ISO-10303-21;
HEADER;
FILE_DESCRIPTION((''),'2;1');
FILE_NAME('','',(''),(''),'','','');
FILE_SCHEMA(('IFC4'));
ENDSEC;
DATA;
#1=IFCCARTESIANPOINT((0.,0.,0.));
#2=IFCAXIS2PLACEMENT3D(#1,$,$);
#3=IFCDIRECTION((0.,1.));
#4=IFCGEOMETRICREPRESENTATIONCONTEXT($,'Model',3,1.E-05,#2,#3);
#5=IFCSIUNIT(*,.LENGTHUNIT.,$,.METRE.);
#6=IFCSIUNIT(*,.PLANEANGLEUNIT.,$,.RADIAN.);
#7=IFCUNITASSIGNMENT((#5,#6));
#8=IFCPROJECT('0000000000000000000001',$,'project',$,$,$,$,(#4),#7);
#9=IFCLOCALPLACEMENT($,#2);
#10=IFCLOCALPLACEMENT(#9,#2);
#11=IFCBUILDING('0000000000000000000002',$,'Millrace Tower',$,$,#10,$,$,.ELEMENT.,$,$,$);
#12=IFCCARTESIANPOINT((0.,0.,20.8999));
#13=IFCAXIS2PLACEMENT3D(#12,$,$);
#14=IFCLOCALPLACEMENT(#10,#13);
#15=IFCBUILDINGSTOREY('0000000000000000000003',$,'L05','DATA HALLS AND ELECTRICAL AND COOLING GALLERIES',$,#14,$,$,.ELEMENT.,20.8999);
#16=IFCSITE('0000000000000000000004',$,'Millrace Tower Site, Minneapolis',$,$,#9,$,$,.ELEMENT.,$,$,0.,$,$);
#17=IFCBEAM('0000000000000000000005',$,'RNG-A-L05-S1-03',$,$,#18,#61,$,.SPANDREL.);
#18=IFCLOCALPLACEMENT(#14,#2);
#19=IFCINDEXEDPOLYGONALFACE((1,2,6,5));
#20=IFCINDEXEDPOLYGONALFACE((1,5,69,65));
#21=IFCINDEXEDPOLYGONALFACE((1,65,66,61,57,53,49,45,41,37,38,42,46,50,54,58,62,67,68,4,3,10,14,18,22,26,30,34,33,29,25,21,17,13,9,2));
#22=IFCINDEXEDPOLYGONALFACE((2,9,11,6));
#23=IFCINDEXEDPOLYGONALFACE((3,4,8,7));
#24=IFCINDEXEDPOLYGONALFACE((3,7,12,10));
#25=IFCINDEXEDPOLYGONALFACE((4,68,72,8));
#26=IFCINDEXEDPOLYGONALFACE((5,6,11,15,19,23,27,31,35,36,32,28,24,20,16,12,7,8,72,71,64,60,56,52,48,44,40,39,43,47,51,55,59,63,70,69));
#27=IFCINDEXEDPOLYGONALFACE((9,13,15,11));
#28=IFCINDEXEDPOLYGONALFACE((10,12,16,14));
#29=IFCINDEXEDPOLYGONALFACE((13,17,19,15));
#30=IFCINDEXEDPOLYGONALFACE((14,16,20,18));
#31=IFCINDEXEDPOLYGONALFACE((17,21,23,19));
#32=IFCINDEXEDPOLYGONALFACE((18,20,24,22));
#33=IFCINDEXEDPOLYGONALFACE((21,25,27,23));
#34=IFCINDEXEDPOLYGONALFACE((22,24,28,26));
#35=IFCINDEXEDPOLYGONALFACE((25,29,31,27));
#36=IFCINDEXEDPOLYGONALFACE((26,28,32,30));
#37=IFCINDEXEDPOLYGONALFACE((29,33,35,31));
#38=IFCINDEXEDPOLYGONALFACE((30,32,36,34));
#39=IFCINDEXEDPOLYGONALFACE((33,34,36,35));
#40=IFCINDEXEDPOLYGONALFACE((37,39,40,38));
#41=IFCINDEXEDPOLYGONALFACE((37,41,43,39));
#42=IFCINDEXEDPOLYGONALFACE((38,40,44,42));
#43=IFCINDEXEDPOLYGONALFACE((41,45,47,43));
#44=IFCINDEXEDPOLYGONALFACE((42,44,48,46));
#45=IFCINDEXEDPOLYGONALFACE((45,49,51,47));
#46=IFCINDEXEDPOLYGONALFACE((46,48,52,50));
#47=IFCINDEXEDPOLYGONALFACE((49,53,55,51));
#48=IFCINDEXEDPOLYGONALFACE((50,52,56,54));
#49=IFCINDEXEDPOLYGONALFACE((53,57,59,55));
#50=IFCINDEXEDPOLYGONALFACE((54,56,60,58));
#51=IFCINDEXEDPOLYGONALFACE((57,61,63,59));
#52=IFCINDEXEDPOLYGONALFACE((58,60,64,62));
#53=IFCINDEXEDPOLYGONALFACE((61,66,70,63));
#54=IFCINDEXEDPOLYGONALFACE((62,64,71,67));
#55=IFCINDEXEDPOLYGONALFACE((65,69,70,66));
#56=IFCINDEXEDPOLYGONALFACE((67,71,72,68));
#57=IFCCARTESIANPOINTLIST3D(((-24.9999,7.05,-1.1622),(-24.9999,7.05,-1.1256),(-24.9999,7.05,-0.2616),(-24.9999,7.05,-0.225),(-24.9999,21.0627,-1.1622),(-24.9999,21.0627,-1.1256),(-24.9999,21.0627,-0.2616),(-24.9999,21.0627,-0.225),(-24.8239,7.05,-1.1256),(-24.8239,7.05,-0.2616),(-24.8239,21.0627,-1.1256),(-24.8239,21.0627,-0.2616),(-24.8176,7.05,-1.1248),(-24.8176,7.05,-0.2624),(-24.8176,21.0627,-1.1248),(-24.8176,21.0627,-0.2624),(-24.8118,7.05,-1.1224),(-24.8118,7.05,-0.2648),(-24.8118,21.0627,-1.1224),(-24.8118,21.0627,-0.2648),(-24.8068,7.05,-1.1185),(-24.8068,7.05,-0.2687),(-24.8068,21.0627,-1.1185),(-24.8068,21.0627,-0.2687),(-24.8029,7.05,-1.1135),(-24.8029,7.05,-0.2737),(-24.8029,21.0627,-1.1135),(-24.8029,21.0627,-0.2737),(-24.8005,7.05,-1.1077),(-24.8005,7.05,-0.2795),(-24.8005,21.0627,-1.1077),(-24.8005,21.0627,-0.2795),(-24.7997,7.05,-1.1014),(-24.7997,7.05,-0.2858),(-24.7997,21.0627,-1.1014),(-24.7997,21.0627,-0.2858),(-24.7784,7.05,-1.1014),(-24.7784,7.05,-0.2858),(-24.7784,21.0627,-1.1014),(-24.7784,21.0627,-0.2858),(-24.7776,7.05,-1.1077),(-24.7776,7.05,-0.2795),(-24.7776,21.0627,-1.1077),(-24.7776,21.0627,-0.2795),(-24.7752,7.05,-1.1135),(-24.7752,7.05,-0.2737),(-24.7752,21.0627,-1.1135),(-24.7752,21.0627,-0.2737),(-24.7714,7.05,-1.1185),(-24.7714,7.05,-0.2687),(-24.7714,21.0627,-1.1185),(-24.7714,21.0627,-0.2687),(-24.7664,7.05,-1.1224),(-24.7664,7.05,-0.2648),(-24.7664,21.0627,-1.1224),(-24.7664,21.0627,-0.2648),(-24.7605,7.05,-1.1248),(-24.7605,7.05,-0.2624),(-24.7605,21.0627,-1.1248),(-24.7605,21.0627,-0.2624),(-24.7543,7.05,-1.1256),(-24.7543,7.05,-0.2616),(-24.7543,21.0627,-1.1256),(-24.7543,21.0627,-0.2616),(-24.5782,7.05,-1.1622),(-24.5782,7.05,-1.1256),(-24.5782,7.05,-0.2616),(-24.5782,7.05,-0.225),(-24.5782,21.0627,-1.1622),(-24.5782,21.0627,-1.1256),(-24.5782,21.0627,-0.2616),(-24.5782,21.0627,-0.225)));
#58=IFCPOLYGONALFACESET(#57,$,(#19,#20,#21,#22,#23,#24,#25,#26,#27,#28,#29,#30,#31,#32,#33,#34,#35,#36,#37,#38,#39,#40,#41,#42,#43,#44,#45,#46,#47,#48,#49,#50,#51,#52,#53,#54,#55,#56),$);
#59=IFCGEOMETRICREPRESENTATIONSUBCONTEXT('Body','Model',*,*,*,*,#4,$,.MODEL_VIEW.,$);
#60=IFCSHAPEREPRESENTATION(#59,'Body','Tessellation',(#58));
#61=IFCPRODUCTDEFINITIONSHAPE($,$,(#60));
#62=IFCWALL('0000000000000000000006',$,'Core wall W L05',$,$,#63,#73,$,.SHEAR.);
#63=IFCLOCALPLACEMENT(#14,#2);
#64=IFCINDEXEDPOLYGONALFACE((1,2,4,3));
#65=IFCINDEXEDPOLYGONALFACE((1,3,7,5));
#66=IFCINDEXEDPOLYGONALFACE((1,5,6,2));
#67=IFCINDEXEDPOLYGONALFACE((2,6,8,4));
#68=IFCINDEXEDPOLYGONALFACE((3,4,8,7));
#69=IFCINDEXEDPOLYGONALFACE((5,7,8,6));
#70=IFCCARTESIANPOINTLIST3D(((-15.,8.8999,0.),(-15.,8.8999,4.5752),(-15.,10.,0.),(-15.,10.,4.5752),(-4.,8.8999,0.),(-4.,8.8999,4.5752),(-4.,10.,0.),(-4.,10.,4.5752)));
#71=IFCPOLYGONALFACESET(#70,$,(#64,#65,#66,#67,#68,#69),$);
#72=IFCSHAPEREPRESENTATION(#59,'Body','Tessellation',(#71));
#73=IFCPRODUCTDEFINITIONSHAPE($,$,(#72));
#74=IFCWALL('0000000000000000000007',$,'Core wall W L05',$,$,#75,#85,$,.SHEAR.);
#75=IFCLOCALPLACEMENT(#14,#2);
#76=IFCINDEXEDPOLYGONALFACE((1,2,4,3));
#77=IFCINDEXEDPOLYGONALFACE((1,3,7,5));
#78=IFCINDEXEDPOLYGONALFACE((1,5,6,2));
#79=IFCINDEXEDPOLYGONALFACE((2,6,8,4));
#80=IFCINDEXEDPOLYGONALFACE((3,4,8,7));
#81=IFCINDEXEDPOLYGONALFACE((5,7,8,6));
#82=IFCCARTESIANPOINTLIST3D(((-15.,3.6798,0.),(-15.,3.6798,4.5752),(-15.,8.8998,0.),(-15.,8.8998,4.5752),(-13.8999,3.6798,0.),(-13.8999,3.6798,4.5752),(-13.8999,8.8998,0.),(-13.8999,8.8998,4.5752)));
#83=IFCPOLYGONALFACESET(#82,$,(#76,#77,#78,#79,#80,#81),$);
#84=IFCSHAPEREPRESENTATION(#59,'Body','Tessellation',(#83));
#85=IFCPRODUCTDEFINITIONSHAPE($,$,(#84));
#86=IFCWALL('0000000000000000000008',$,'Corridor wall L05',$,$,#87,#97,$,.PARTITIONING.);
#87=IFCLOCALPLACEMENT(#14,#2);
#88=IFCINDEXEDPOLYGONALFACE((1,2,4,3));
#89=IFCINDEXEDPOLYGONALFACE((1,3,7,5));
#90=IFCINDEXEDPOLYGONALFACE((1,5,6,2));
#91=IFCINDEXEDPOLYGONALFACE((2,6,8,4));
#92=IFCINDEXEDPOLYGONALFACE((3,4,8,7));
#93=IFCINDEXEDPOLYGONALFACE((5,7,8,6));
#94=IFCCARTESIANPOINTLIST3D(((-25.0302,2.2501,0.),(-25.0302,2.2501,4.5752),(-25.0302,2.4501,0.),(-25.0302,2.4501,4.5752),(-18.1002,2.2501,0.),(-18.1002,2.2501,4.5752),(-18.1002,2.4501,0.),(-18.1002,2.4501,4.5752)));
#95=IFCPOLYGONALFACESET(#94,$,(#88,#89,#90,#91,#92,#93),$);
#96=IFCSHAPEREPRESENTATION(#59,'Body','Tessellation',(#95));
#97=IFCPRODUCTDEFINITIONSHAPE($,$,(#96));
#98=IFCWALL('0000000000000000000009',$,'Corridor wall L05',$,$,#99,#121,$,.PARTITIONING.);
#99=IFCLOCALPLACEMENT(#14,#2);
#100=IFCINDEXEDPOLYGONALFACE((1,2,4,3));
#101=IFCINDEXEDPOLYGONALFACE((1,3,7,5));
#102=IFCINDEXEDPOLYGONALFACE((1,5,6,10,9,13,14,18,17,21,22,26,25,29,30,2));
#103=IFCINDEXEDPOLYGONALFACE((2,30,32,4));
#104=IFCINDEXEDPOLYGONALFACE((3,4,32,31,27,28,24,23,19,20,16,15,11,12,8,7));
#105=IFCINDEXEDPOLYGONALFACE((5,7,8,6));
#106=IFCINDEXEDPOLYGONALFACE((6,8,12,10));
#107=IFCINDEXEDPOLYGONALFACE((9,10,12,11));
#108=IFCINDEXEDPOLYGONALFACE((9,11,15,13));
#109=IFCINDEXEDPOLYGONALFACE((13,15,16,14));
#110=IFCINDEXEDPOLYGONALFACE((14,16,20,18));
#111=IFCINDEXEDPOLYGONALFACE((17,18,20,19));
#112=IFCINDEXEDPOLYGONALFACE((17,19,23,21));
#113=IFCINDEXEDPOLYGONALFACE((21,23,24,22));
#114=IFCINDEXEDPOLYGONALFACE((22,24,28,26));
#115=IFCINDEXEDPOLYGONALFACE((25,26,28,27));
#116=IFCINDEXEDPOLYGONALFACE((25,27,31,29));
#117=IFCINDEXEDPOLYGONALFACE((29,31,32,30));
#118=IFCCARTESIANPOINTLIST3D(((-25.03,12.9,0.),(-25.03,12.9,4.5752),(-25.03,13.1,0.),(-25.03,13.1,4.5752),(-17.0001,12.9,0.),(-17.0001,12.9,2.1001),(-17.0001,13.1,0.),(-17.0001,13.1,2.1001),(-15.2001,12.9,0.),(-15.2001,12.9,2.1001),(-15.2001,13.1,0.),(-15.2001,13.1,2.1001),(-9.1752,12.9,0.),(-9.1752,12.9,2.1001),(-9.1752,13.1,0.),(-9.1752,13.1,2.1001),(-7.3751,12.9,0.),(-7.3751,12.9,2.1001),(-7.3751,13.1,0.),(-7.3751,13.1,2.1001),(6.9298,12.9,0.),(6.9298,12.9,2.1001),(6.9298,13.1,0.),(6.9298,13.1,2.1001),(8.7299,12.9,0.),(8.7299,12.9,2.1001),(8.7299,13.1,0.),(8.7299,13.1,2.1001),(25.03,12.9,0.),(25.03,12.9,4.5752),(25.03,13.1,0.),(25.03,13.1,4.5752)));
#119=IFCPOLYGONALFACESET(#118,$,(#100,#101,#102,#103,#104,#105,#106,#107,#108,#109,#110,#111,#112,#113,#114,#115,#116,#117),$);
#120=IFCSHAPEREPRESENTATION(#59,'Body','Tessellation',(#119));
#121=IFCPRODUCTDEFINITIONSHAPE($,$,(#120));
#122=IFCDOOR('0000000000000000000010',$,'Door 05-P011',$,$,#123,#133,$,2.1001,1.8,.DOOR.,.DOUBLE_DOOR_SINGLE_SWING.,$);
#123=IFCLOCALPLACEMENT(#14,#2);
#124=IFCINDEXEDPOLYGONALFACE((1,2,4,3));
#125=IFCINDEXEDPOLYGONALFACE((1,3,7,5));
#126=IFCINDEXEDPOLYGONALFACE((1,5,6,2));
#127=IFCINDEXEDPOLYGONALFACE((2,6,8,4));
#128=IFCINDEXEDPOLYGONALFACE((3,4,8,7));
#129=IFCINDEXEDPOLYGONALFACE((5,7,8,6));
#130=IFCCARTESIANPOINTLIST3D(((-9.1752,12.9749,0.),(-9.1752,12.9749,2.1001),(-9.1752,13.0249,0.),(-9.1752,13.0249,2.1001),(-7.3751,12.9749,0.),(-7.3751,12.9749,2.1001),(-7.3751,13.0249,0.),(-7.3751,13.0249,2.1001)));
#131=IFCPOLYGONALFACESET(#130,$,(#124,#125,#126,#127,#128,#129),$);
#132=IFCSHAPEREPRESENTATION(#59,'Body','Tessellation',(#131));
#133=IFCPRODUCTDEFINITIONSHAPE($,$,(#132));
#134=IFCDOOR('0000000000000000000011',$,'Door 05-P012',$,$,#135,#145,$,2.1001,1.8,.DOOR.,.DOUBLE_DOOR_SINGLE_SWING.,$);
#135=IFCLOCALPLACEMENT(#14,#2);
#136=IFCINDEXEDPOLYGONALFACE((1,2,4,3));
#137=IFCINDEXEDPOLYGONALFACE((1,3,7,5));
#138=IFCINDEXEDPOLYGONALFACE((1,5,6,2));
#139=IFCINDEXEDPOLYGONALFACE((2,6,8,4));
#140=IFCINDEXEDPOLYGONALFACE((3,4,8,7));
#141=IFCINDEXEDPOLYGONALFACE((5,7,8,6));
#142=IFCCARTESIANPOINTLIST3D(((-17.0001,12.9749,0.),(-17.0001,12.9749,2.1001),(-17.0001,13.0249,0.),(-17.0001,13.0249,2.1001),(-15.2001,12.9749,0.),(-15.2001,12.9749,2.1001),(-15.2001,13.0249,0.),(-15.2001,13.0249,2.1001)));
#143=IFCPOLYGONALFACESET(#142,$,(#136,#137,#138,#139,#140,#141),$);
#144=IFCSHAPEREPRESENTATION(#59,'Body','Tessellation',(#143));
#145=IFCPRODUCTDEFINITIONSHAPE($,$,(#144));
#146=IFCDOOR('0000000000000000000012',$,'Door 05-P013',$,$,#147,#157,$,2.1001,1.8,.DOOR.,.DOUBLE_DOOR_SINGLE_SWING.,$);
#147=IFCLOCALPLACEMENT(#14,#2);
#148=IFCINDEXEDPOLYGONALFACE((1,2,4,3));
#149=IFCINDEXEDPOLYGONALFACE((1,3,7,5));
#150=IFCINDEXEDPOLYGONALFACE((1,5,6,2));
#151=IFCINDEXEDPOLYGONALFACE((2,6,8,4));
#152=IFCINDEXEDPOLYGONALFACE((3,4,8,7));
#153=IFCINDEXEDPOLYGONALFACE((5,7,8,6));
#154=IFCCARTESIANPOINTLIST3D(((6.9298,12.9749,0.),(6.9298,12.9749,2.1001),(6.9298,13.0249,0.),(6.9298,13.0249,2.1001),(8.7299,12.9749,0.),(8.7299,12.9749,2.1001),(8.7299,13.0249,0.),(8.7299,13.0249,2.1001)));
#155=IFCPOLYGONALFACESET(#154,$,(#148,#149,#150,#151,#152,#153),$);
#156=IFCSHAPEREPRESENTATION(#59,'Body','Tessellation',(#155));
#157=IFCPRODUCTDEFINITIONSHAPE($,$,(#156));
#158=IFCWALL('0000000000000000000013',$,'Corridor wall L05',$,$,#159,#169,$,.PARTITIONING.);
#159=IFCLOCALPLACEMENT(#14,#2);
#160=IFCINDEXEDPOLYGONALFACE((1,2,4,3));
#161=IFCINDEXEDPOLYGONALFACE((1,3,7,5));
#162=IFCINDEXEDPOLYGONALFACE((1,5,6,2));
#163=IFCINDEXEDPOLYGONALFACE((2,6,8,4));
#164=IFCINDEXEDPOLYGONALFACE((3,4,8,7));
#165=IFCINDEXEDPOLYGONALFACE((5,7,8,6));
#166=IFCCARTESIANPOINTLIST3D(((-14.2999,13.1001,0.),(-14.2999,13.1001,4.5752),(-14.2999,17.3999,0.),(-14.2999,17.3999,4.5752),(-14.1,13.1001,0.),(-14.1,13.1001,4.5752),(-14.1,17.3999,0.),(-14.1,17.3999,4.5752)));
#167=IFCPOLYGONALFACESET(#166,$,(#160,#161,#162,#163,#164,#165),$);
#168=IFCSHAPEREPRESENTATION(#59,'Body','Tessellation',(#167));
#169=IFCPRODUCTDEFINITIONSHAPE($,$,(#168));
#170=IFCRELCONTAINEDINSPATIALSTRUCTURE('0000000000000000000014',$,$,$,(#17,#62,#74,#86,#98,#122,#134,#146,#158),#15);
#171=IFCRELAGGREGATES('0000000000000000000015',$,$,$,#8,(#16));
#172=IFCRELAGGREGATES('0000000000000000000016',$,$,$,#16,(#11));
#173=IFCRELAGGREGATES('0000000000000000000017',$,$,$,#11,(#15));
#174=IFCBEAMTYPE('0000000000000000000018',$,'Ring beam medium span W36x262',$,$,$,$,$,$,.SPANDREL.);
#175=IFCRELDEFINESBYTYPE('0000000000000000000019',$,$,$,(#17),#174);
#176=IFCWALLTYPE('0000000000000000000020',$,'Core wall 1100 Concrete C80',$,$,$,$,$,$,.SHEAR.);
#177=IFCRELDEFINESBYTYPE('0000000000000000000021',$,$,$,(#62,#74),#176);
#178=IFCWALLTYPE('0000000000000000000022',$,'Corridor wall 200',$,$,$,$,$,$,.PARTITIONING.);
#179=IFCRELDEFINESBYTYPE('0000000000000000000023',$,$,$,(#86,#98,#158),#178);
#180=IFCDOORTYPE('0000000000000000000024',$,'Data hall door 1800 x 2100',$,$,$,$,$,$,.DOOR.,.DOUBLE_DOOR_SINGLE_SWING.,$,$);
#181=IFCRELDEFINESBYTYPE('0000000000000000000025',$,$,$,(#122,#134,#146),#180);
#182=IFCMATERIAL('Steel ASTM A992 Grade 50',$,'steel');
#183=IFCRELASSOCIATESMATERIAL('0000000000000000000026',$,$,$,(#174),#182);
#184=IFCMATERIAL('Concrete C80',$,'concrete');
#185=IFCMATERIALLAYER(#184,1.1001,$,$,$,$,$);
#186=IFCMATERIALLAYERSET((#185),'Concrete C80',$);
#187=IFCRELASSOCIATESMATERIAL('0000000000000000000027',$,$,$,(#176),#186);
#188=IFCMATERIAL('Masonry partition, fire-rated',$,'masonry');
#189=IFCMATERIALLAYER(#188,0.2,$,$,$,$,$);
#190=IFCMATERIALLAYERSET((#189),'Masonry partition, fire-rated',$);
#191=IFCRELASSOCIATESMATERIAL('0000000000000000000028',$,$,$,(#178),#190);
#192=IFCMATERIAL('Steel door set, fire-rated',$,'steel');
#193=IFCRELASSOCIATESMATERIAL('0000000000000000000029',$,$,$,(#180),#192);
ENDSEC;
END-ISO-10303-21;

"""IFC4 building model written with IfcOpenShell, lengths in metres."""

from ifc_helpers import new_model, si_unit, direction, frame, frame_2d, origin, origin_2d, place, context, subcontext, project, spatial, rectangle, i_section, extrude, material, layer, layer_set, material_profile, profile_set, type_object, element, fill, save


model = new_model("IFC4")

# Units and contexts
model_context = context("Model", 3, precision=1e-05, world=origin(), true_north=direction((0.0, 1.0)))
body_context = subcontext(model_context, "Body", "Model", "MODEL_VIEW")
ifc_project = project(units=[si_unit("LENGTHUNIT", "METRE"), si_unit("PLANEANGLEUNIT", "RADIAN")], contexts=[model_context])

# Site, building, storey
site_placement = place(None, origin())
site = spatial("IfcSite", under=ifc_project, at=site_placement, Name="Millrace Tower Site, Minneapolis", CompositionType="ELEMENT", RefElevation=0.0)
building_placement = place(site_placement, origin())
building = spatial("IfcBuilding", under=site, at=building_placement, Name="Millrace Tower", CompositionType="ELEMENT")
storey_placement = place(building_placement, frame((0.0, 0.0, 20.8999)))
storey = spatial("IfcBuildingStorey", under=building, at=storey_placement, Name="L05", Description="DATA HALLS AND ELECTRICAL AND COOLING GALLERIES", CompositionType="ELEMENT", Elevation=20.8999)

# Beam
ifc_material_1 = material(Name="Steel ASTM A992 Grade 50", Category="steel")
ifc_material_profile_1 = material_profile(ifc_material_1, i_section(OverallWidth=0.4216, OverallDepth=0.9373, WebThickness=0.0212, FlangeThickness=0.0366, FilletRadius=0.0242, at=origin_2d()))
ifc_profile_set_1 = profile_set([ifc_material_profile_1], Name="Steel ASTM A992 Grade 50")
beam_type_1 = type_object("IfcBeamType", Name="Ring beam medium span W36x262", PredefinedType="SPANDREL", material=ifc_profile_set_1)
beam_1_placement = place(storey_placement, frame((-24.7891, 7.05, -0.6936), z_axis=(0.0, 1.0, 0.0), x_axis=(-1.0, 0.0, 0.0)))
element("IfcBeam", 1, at=beam_1_placement, inside=storey, type_object=beam_type_1, Name="RNG-A-L05-S1-03", PredefinedType="SPANDREL", context=body_context, shape_type="SweptSolid", body=[
    extrude(i_section(OverallWidth=0.4216, OverallDepth=0.9373, WebThickness=0.0212, FlangeThickness=0.0366, FilletRadius=0.0242, at=origin_2d()), origin(), (0.0, 0.0, 1.0), 14.0127),
])

# Walls
ifc_material_2 = material(Name="Concrete C80", Category="concrete")
ifc_layer_1 = layer(ifc_material_2, 1.1001)
ifc_layer_set_1 = layer_set([ifc_layer_1], Name="Concrete C80")
wall_type_1 = type_object("IfcWallType", Name="Core wall 1100 Concrete C80", PredefinedType="SHEAR", material=ifc_layer_set_1)
wall_1_placement = place(storey_placement, frame((-15.0, 9.45, 0.0), z_axis=(0.0, 0.0, 1.0), x_axis=(1.0, 0.0, 0.0)))
element("IfcWall", 2, at=wall_1_placement, inside=storey, type_object=wall_type_1, Name="Core wall W L05", PredefinedType="SHEAR", context=body_context, shape_type="SweptSolid", body=[
    extrude(rectangle(XDim=11.0, YDim=1.1001, at=frame_2d((5.5, 0.0))), origin(), (0.0, 0.0, 1.0), 4.5752),
])
wall_2_placement = place(storey_placement, frame((-14.45, 3.6799, 0.0), z_axis=(0.0, 0.0, 1.0), x_axis=(0.0, 1.0, 0.0)))
element("IfcWall", 3, at=wall_2_placement, inside=storey, type_object=wall_type_1, Name="Core wall W L05", PredefinedType="SHEAR", context=body_context, shape_type="SweptSolid", body=[
    extrude(rectangle(XDim=5.22, YDim=1.1001, at=frame_2d((2.6099, 0.0))), origin(), (0.0, 0.0, 1.0), 4.5752),
])
ifc_material_3 = material(Name="Masonry partition, fire-rated", Category="masonry")
ifc_layer_2 = layer(ifc_material_3, 0.2)
ifc_layer_set_2 = layer_set([ifc_layer_2], Name="Masonry partition, fire-rated")
wall_type_2 = type_object("IfcWallType", Name="Corridor wall 200", PredefinedType="PARTITIONING", material=ifc_layer_set_2)
wall_3_placement = place(storey_placement, frame((-25.03, 2.3501, 0.0), z_axis=(0.0, 0.0, 1.0), x_axis=(1.0, 0.0, 0.0)))
element("IfcWall", 4, at=wall_3_placement, inside=storey, type_object=wall_type_2, Name="Corridor wall L05", PredefinedType="PARTITIONING", context=body_context, shape_type="SweptSolid", body=[
    extrude(rectangle(XDim=6.9299, YDim=0.2, at=frame_2d((3.4648, 0.0))), origin(), (0.0, 0.0, 1.0), 4.5752),
])

# Wall, openings, doors
wall_4_placement = place(storey_placement, frame((-25.03, 13.0, 0.0), z_axis=(0.0, 0.0, 1.0), x_axis=(1.0, 0.0, 0.0)))
wall_4 = element("IfcWall", 5, at=wall_4_placement, inside=storey, type_object=wall_type_2, Name="Corridor wall L05", PredefinedType="PARTITIONING", context=body_context, shape_type="SweptSolid", body=[
    extrude(rectangle(XDim=50.0601, YDim=0.2, at=frame_2d((25.03, 0.0))), origin(), (0.0, 0.0, 1.0), 4.5752),
])
opening_1_placement = place(wall_4_placement, frame((15.855, 0.0, 0.0)))
opening_1 = element("IfcOpeningElement", 6, at=opening_1_placement, cuts=wall_4, PredefinedType="OPENING", context=body_context, shape_type="SweptSolid", body=[
    extrude(rectangle(XDim=1.8, YDim=2.1001, at=frame_2d((0.8999, 1.05))), frame((0.0, 0.1099, 0.0), z_axis=(0.0, -1.0, 0.0), x_axis=(1.0, 0.0, 0.0)), (0.0, 0.0, 1.0), 0.22),
])
opening_2_placement = place(wall_4_placement, frame((8.03, 0.0, 0.0)))
opening_2 = element("IfcOpeningElement", 7, at=opening_2_placement, cuts=wall_4, PredefinedType="OPENING", context=body_context, shape_type="SweptSolid", body=[
    extrude(rectangle(XDim=1.8, YDim=2.1001, at=frame_2d((0.8999, 1.05))), frame((0.0, 0.1099, 0.0), z_axis=(0.0, -1.0, 0.0), x_axis=(1.0, 0.0, 0.0)), (0.0, 0.0, 1.0), 0.22),
])
opening_3_placement = place(wall_4_placement, frame((31.96, 0.0, 0.0)))
opening_3 = element("IfcOpeningElement", 8, at=opening_3_placement, cuts=wall_4, PredefinedType="OPENING", context=body_context, shape_type="SweptSolid", body=[
    extrude(rectangle(XDim=1.8, YDim=2.1001, at=frame_2d((0.8999, 1.05))), frame((0.0, 0.1099, 0.0), z_axis=(0.0, -1.0, 0.0), x_axis=(1.0, 0.0, 0.0)), (0.0, 0.0, 1.0), 0.22),
])
ifc_material_4 = material(Name="Steel door set, fire-rated", Category="steel")
door_type_1 = type_object("IfcDoorType", Name="Data hall door 1800 x 2100", OperationType="DOUBLE_DOOR_SINGLE_SWING", PredefinedType="DOOR", material=ifc_material_4)
door_1_placement = place(opening_1_placement, origin())
door_1 = element("IfcDoor", 9, at=door_1_placement, inside=storey, type_object=door_type_1, Name="Door 05-P011", OperationType="DOUBLE_DOOR_SINGLE_SWING", OverallHeight=2.1001, OverallWidth=1.8, PredefinedType="DOOR", context=body_context, shape_type="SweptSolid", body=[
    extrude(rectangle(XDim=1.8, YDim=2.1001, at=frame_2d((0.8999, 1.05))), frame((0.0, 0.0249, 0.0), z_axis=(0.0, -1.0, 0.0), x_axis=(1.0, 0.0, 0.0)), (0.0, 0.0, 1.0), 0.05),
])
fill(opening_1, door_1)
door_2_placement = place(opening_2_placement, origin())
door_2 = element("IfcDoor", 10, at=door_2_placement, inside=storey, type_object=door_type_1, Name="Door 05-P012", OperationType="DOUBLE_DOOR_SINGLE_SWING", OverallHeight=2.1001, OverallWidth=1.8, PredefinedType="DOOR", context=body_context, shape_type="SweptSolid", body=[
    extrude(rectangle(XDim=1.8, YDim=2.1001, at=frame_2d((0.8999, 1.05))), frame((0.0, 0.0249, 0.0), z_axis=(0.0, -1.0, 0.0), x_axis=(1.0, 0.0, 0.0)), (0.0, 0.0, 1.0), 0.05),
])
fill(opening_2, door_2)
door_3_placement = place(opening_3_placement, origin())
door_3 = element("IfcDoor", 11, at=door_3_placement, inside=storey, type_object=door_type_1, Name="Door 05-P013", OperationType="DOUBLE_DOOR_SINGLE_SWING", OverallHeight=2.1001, OverallWidth=1.8, PredefinedType="DOOR", context=body_context, shape_type="SweptSolid", body=[
    extrude(rectangle(XDim=1.8, YDim=2.1001, at=frame_2d((0.8999, 1.05))), frame((0.0, 0.0249, 0.0), z_axis=(0.0, -1.0, 0.0), x_axis=(1.0, 0.0, 0.0)), (0.0, 0.0, 1.0), 0.05),
])
fill(opening_3, door_3)

# Wall
wall_5_placement = place(storey_placement, frame((-14.2, 13.1001, 0.0), z_axis=(0.0, 0.0, 1.0), x_axis=(0.0, 1.0, 0.0)))
element("IfcWall", 12, at=wall_5_placement, inside=storey, type_object=wall_type_2, Name="Corridor wall L05", PredefinedType="PARTITIONING", context=body_context, shape_type="SweptSolid", body=[
    extrude(rectangle(XDim=4.2998, YDim=0.2, at=frame_2d((2.1499, 0.0))), origin(), (0.0, 0.0, 1.0), 4.5752),
])

save(model, "model.ifc")
